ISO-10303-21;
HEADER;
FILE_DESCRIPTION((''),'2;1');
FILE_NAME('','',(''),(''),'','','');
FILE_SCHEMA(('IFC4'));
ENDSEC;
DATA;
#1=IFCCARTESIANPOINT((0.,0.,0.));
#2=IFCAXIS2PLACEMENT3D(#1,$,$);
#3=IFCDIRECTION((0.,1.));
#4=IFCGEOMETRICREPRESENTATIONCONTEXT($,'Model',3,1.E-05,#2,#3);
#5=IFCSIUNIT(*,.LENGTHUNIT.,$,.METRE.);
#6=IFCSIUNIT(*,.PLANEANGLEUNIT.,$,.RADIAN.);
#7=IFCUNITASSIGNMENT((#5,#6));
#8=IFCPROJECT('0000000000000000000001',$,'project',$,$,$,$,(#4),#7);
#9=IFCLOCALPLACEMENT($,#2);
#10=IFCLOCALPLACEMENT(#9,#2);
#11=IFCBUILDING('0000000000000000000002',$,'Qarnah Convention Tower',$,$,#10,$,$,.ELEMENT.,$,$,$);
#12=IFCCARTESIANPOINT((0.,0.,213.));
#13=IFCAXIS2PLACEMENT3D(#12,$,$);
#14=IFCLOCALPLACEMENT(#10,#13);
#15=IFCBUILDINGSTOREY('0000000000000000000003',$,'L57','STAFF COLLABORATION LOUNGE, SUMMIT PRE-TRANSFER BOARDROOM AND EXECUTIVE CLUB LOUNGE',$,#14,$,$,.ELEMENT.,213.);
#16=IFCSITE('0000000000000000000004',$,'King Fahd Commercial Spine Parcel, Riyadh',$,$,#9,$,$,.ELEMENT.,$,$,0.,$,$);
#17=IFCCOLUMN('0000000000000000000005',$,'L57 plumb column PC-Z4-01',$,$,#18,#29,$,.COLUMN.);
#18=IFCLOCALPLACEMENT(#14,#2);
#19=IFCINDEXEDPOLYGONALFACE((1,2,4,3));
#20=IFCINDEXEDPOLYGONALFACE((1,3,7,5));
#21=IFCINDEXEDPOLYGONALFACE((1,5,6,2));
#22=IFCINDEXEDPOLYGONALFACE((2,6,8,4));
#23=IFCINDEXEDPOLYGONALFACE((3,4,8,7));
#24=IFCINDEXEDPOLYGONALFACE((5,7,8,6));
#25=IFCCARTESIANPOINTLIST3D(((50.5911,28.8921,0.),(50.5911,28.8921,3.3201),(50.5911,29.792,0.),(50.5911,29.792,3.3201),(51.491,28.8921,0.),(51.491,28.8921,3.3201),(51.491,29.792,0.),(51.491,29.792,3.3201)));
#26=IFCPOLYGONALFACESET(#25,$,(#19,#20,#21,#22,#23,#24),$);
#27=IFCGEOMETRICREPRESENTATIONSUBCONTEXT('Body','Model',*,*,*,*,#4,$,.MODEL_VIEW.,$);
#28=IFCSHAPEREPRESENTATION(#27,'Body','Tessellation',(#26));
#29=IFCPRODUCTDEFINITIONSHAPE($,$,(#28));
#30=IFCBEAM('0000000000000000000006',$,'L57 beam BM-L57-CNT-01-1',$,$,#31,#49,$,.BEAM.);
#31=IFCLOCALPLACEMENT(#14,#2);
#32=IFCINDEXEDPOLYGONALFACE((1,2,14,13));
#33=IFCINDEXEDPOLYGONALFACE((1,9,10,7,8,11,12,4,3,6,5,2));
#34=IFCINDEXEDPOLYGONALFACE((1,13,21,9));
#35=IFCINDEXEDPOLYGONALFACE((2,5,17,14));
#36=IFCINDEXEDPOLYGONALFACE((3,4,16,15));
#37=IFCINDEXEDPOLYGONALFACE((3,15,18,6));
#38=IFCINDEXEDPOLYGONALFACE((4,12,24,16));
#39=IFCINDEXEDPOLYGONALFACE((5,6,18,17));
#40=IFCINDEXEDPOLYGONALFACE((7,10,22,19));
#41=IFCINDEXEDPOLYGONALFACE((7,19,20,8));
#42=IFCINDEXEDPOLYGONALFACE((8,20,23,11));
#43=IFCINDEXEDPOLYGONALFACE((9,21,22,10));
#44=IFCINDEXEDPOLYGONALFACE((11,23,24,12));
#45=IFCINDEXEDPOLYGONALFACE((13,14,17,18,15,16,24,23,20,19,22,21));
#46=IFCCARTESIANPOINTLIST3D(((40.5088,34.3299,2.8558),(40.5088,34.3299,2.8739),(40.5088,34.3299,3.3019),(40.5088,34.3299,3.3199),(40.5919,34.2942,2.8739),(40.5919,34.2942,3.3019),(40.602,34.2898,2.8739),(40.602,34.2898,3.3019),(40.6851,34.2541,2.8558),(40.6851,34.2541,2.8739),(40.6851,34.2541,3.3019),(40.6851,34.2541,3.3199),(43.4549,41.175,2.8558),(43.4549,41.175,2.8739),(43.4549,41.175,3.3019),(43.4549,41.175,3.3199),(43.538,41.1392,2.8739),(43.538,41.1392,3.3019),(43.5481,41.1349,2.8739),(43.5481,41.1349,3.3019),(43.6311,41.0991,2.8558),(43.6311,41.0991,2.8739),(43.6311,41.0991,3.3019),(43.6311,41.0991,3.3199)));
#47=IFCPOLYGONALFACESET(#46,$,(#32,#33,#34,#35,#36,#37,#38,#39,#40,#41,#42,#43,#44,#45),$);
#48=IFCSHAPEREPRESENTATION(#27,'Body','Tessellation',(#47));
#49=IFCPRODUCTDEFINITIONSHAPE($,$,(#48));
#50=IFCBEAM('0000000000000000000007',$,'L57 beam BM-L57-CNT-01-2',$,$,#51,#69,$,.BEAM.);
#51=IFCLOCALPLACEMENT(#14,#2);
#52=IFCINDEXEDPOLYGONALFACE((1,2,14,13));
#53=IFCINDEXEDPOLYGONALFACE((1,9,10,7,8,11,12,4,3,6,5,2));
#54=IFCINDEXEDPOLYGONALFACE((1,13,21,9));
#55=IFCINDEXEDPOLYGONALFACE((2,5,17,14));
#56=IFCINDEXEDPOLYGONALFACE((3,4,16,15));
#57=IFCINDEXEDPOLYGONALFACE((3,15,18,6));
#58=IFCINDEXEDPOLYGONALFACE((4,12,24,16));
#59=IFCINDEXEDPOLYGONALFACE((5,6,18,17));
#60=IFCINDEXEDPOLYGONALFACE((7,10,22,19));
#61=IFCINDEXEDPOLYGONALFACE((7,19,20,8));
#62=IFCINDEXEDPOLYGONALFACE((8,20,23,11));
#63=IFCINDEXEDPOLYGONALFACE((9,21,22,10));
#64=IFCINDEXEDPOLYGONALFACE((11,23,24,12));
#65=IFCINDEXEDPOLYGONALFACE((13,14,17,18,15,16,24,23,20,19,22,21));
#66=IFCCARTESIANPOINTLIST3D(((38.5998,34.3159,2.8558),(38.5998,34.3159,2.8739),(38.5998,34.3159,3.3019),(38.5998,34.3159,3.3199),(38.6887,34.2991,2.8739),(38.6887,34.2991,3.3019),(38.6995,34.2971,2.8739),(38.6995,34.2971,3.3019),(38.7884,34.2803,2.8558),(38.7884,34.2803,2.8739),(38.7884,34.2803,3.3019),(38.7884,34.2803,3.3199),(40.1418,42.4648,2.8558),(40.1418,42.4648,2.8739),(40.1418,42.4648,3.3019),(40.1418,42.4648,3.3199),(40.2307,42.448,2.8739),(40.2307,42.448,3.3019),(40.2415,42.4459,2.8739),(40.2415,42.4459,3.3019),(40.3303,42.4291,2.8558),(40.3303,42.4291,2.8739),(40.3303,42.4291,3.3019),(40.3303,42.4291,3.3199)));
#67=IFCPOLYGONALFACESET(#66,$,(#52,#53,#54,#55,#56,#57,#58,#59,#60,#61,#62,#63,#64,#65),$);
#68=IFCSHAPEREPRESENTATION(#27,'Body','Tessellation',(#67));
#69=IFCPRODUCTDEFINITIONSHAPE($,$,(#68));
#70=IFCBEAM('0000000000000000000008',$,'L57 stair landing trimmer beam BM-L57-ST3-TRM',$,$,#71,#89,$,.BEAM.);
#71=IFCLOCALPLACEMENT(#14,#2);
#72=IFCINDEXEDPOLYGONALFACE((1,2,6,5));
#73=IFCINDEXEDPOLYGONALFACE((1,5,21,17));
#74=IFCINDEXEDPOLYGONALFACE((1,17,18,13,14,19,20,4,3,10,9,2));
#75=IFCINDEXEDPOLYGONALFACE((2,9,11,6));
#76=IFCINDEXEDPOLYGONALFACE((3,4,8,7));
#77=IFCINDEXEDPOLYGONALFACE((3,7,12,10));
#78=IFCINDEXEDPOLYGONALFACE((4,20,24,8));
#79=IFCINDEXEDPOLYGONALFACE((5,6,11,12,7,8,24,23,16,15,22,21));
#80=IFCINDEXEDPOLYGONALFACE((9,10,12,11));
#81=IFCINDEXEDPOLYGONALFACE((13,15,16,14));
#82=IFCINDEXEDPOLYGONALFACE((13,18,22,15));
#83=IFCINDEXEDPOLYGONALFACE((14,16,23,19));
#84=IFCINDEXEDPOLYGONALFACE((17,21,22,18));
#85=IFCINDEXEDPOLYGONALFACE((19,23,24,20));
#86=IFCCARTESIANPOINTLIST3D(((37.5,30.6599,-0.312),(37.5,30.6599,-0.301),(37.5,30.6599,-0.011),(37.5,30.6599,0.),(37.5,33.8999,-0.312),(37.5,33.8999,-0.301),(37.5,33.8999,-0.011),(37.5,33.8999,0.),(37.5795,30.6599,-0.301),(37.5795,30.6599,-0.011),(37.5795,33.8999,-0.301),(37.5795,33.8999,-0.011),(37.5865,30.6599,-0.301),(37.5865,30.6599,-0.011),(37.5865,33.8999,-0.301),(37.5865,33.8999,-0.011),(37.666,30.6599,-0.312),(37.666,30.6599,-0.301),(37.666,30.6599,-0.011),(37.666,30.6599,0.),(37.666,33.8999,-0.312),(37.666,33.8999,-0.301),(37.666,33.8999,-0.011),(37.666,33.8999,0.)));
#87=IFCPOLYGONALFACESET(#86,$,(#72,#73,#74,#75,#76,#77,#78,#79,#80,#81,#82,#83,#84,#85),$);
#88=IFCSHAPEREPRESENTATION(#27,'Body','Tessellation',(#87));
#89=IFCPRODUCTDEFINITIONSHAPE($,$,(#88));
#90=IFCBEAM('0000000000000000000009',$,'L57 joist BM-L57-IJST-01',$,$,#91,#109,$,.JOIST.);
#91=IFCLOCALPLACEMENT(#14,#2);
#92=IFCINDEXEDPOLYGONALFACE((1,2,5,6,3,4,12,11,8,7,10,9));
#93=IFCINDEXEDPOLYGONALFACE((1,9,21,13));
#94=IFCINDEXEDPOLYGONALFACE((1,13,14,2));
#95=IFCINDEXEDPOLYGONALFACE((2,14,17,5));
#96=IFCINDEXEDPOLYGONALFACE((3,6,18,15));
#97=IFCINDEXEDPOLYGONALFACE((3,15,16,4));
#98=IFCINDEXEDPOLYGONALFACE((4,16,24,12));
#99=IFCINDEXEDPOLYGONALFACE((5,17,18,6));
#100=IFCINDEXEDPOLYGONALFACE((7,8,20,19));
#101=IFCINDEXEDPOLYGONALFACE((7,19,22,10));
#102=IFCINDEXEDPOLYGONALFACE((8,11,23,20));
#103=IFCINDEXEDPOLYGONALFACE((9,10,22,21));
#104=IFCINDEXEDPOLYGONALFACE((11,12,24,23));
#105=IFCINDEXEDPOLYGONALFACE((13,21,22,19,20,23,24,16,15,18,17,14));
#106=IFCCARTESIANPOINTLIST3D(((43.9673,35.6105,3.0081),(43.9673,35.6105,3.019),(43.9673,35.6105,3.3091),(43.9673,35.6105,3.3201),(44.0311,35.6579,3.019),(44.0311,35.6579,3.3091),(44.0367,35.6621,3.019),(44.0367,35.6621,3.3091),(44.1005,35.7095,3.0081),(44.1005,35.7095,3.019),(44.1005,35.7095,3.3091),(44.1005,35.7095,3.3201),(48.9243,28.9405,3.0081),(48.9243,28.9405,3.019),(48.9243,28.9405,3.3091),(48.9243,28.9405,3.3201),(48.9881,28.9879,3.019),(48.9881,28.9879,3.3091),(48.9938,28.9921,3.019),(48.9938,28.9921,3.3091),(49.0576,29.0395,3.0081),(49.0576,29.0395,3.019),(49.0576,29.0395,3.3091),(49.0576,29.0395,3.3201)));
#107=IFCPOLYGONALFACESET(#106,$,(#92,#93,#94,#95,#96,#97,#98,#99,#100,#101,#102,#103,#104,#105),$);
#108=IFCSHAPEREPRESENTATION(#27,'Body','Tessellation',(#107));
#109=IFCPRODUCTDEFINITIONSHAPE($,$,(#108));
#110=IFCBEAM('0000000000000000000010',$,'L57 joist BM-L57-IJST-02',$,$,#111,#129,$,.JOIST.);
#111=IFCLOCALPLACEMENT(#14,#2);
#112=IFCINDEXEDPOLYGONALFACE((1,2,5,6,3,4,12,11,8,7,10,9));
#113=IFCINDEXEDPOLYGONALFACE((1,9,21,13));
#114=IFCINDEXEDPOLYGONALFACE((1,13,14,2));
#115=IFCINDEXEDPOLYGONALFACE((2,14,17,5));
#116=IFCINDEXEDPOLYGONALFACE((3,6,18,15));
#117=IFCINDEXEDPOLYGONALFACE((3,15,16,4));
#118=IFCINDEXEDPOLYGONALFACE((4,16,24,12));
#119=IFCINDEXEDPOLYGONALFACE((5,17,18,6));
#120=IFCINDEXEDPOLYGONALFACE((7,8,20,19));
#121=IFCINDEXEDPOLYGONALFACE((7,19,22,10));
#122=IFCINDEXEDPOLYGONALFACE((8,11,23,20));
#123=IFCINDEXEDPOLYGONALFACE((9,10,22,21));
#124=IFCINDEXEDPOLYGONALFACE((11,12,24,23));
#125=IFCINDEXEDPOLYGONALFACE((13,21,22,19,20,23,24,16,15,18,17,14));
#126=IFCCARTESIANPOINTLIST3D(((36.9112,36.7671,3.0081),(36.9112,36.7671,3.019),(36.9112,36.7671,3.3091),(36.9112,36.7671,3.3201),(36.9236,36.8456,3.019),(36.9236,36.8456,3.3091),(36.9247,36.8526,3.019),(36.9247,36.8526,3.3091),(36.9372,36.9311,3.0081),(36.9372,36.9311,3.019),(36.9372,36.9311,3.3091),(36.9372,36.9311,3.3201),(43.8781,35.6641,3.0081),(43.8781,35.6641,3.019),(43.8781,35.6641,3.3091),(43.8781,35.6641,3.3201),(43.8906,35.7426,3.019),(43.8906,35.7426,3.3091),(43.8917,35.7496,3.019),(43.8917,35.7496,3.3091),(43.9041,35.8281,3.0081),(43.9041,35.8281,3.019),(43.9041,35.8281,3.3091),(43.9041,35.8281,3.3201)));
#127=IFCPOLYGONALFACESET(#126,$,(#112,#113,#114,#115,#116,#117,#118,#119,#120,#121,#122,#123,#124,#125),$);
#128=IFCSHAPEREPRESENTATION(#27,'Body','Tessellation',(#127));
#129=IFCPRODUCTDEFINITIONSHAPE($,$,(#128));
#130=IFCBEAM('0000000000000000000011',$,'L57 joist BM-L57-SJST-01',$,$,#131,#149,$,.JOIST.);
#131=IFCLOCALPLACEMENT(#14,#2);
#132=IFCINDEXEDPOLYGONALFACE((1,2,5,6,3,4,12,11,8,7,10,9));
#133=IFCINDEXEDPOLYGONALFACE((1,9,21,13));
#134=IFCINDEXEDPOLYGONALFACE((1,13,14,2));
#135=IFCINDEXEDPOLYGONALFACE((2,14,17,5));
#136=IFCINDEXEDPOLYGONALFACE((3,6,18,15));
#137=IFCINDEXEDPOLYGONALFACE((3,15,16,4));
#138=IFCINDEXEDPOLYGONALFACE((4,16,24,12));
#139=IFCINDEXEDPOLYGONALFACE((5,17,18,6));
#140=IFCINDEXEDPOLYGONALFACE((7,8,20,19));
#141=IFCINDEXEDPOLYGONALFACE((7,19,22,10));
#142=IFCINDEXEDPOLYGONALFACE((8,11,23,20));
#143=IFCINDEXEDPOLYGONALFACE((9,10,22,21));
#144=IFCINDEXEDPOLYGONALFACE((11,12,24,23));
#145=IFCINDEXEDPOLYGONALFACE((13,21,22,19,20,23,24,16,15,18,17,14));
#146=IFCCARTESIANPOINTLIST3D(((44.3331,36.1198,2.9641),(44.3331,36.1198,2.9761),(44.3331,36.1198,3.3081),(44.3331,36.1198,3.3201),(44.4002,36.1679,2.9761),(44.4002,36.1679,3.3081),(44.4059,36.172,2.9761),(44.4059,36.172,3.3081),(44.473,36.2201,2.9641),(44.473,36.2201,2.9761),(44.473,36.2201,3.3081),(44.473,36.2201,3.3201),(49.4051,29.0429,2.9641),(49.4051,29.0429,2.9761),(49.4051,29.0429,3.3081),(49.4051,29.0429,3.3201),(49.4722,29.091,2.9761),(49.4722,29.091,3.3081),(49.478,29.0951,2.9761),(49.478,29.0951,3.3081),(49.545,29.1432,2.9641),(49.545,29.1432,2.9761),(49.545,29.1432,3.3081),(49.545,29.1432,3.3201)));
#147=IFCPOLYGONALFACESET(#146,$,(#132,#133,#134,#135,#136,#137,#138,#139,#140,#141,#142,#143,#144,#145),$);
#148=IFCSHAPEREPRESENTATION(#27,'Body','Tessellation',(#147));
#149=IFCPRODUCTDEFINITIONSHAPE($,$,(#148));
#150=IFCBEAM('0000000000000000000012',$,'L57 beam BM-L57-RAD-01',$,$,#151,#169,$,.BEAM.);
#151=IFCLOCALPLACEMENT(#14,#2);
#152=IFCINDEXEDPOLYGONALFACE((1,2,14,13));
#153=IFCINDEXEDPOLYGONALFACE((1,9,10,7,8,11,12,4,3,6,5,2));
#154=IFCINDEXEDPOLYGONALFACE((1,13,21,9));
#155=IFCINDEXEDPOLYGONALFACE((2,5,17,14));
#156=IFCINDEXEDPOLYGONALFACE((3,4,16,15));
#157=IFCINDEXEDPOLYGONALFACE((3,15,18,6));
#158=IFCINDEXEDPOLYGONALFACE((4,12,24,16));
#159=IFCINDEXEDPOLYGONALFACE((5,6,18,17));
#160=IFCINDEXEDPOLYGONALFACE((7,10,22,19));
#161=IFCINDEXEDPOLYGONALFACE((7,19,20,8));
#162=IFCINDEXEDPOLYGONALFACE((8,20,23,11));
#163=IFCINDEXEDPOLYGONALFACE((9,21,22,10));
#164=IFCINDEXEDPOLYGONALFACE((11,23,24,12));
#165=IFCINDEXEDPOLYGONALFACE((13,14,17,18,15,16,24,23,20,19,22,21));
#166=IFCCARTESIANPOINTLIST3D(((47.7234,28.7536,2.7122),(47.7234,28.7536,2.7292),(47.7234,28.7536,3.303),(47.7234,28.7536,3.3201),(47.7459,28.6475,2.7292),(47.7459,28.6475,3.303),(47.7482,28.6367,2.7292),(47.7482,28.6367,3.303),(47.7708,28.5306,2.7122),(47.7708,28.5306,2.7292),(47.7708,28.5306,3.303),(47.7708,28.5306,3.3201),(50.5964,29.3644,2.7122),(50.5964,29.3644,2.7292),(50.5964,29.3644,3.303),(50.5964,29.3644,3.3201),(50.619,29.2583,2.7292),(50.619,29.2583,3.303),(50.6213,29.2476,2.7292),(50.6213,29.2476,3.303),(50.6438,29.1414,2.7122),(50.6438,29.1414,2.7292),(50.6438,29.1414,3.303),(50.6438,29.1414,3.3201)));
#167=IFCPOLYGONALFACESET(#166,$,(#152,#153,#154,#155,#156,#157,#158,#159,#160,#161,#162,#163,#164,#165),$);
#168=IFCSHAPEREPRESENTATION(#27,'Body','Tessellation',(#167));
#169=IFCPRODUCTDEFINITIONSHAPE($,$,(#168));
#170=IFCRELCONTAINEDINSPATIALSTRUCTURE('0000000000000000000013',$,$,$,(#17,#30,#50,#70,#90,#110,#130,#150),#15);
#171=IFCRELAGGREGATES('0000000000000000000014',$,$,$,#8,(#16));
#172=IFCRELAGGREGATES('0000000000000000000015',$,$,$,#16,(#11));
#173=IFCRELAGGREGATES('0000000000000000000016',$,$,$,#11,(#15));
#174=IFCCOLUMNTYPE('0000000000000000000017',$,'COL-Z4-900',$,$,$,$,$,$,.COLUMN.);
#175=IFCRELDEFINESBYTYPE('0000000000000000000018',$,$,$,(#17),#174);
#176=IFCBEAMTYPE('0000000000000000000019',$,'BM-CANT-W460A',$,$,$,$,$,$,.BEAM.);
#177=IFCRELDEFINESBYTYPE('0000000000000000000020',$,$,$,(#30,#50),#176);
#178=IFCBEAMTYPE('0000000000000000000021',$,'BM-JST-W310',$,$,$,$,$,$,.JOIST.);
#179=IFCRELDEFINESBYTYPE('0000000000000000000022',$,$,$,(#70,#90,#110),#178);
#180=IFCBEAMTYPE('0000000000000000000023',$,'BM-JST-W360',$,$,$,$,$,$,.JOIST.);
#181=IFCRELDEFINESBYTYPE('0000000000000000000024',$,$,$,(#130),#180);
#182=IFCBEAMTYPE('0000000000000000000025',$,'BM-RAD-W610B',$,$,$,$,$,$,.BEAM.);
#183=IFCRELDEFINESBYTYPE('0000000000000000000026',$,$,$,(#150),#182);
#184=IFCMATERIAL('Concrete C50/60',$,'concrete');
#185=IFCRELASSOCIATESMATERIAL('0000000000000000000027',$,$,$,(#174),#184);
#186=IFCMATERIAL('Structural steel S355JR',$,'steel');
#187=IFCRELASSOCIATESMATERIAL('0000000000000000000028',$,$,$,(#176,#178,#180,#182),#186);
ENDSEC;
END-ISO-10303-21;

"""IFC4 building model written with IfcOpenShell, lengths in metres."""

from ifc_helpers import new_model, si_unit, direction, frame, origin, origin_2d, place, context, subcontext, project, spatial, rectangle, i_section, extrude, material, material_profile, profile_set, type_object, element, save


model = new_model("IFC4")

# Units and contexts
model_context = context("Model", 3, precision=1e-05, world=origin(), true_north=direction((0.0, 1.0)))
body_context = subcontext(model_context, "Body", "Model", "MODEL_VIEW")
ifc_project = project(units=[si_unit("LENGTHUNIT", "METRE"), si_unit("PLANEANGLEUNIT", "RADIAN")], contexts=[model_context])

# Site, building, storey
site_placement = place(None, origin())
site = spatial("IfcSite", under=ifc_project, at=site_placement, Name="King Fahd Commercial Spine Parcel, Riyadh", CompositionType="ELEMENT", RefElevation=0.0)
building_placement = place(site_placement, origin())
building = spatial("IfcBuilding", under=site, at=building_placement, Name="Qarnah Convention Tower", CompositionType="ELEMENT")
storey_placement = place(building_placement, frame((0.0, 0.0, 213.0)))
storey = spatial("IfcBuildingStorey", under=building, at=storey_placement, Name="L57", Description="STAFF COLLABORATION LOUNGE, SUMMIT PRE-TRANSFER BOARDROOM AND EXECUTIVE CLUB LOUNGE", CompositionType="ELEMENT", Elevation=213.0)

# Column
ifc_material_1 = material(Name="Concrete C50/60", Category="concrete")
ifc_material_profile_1 = material_profile(ifc_material_1, rectangle(XDim=0.8999, YDim=0.8999, at=origin_2d()), Name="RC-COL-900X900")
ifc_profile_set_1 = profile_set([ifc_material_profile_1], Name="Concrete C50/60")
column_type = type_object("IfcColumnType", Name="COL-Z4-900", PredefinedType="COLUMN", material=ifc_profile_set_1)
column_placement = place(storey_placement, frame((51.041, 29.342, 0.0), z_axis=(0.0, 0.0, 1.0), x_axis=(1.0, 0.0, 0.0)))
element("IfcColumn", 1, at=column_placement, inside=storey, type_object=column_type, Name="L57 plumb column PC-Z4-01", PredefinedType="COLUMN", context=body_context, shape_type="SweptSolid", body=[
    extrude(rectangle(XDim=0.8999, YDim=0.8999, at=origin_2d()), origin(), (0.0, 0.0, 1.0), 3.3201),
])

# Beams
ifc_material_2 = material(Name="Structural steel S355JR", Category="steel")
ifc_material_profile_2 = material_profile(ifc_material_2, i_section(OverallWidth=0.1919, OverallDepth=0.4641, WebThickness=0.011, FlangeThickness=0.0181, at=origin_2d()), Name="W460X89")
ifc_profile_set_2 = profile_set([ifc_material_profile_2], Name="Structural steel S355JR")
beam_type_1 = type_object("IfcBeamType", Name="BM-CANT-W460A", PredefinedType="BEAM", material=ifc_profile_set_2)
beam_1_placement = place(storey_placement, frame((40.5969, 34.292, 3.0879), z_axis=(0.395334, 0.918537, 0.0), x_axis=(-0.918537, 0.395334, 0.0)))
element("IfcBeam", 2, at=beam_1_placement, inside=storey, type_object=beam_type_1, Name="L57 beam BM-L57-CNT-01-1", PredefinedType="BEAM", context=body_context, shape_type="SweptSolid", body=[
    extrude(i_section(OverallWidth=0.1919, OverallDepth=0.4641, WebThickness=0.011, FlangeThickness=0.0181, at=origin_2d()), origin(), (0.0, 0.0, 1.0), 7.4521),
])
beam_2_placement = place(storey_placement, frame((38.6941, 34.2981, 3.0879), z_axis=(0.185927, 0.982564, 0.0), x_axis=(-0.982564, 0.185927, 0.0)))
element("IfcBeam", 3, at=beam_2_placement, inside=storey, type_object=beam_type_1, Name="L57 beam BM-L57-CNT-01-2", PredefinedType="BEAM", context=body_context, shape_type="SweptSolid", body=[
    extrude(i_section(OverallWidth=0.1919, OverallDepth=0.4641, WebThickness=0.011, FlangeThickness=0.0181, at=origin_2d()), origin(), (0.0, 0.0, 1.0), 8.2935),
])
ifc_material_profile_3 = material_profile(ifc_material_2, i_section(OverallWidth=0.166, OverallDepth=0.312, WebThickness=0.0071, FlangeThickness=0.011, at=origin_2d()), Name="W310X45")
ifc_profile_set_3 = profile_set([ifc_material_profile_3], Name="Structural steel S355JR")
beam_type_2 = type_object("IfcBeamType", Name="BM-JST-W310", PredefinedType="JOIST", material=ifc_profile_set_3)
beam_3_placement = place(storey_placement, frame((37.583, 30.6599, -0.156), z_axis=(0.0, 1.0, 0.0), x_axis=(-1.0, 0.0, 0.0)))
element("IfcBeam", 4, at=beam_3_placement, inside=storey, type_object=beam_type_2, Name="L57 stair landing trimmer beam BM-L57-ST3-TRM", PredefinedType="BEAM", context=body_context, shape_type="SweptSolid", body=[
    extrude(i_section(OverallWidth=0.166, OverallDepth=0.312, WebThickness=0.0071, FlangeThickness=0.011, at=origin_2d()), origin(), (0.0, 0.0, 1.0), 3.24),
])
beam_4_placement = place(storey_placement, frame((48.991, 28.99, 3.1641), z_axis=(-0.596497, 0.802615, 0.0), x_axis=(-0.802615, -0.596497, 0.0)))
element("IfcBeam", 5, at=beam_4_placement, inside=storey, type_object=beam_type_2, Name="L57 joist BM-L57-IJST-01", PredefinedType="JOIST", context=body_context, shape_type="SweptSolid", body=[
    extrude(i_section(OverallWidth=0.166, OverallDepth=0.312, WebThickness=0.0071, FlangeThickness=0.011, at=origin_2d()), origin(), (0.0, 0.0, 1.0), 8.3103),
])
beam_5_placement = place(storey_placement, frame((43.8911, 35.7461, 3.1641), z_axis=(-0.987698, 0.156373, 0.0), x_axis=(-0.156373, -0.987698, 0.0)))
element("IfcBeam", 6, at=beam_5_placement, inside=storey, type_object=beam_type_2, Name="L57 joist BM-L57-IJST-02", PredefinedType="JOIST", context=body_context, shape_type="SweptSolid", body=[
    extrude(i_section(OverallWidth=0.166, OverallDepth=0.312, WebThickness=0.0071, FlangeThickness=0.011, at=origin_2d()), origin(), (0.0, 0.0, 1.0), 7.0537),
])
ifc_material_profile_4 = material_profile(ifc_material_2, i_section(OverallWidth=0.1721, OverallDepth=0.356, WebThickness=0.0071, FlangeThickness=0.012, at=origin_2d()), Name="W360X51")
ifc_profile_set_4 = profile_set([ifc_material_profile_4], Name="Structural steel S355JR")
beam_type_3 = type_object("IfcBeamType", Name="BM-JST-W360", PredefinedType="JOIST", material=ifc_profile_set_4)
beam_6_placement = place(storey_placement, frame((49.4751, 29.093, 3.1421), z_axis=(-0.582537, 0.812804, 0.0), x_axis=(-0.812804, -0.582537, 0.0)))
element("IfcBeam", 7, at=beam_6_placement, inside=storey, type_object=beam_type_3, Name="L57 joist BM-L57-SJST-01", PredefinedType="JOIST", context=body_context, shape_type="SweptSolid", body=[
    extrude(i_section(OverallWidth=0.1721, OverallDepth=0.356, WebThickness=0.0071, FlangeThickness=0.012, at=origin_2d()), origin(), (0.0, 0.0, 1.0), 8.7068),
])
ifc_material_profile_5 = material_profile(ifc_material_2, i_section(OverallWidth=0.228, OverallDepth=0.6079, WebThickness=0.011, FlangeThickness=0.0171, at=origin_2d()), Name="W610X113")
ifc_profile_set_5 = profile_set([ifc_material_profile_5], Name="Structural steel S355JR")
beam_type_4 = type_object("IfcBeamType", Name="BM-RAD-W610B", PredefinedType="BEAM", material=ifc_profile_set_5)
beam_7_placement = place(storey_placement, frame((47.7471, 28.6421, 3.0161), z_axis=(0.978137, 0.207962, 0.0), x_axis=(-0.207962, 0.978137, 0.0)))
element("IfcBeam", 8, at=beam_7_placement, inside=storey, type_object=beam_type_4, Name="L57 beam BM-L57-RAD-01", PredefinedType="BEAM", context=body_context, shape_type="SweptSolid", body=[
    extrude(i_section(OverallWidth=0.228, OverallDepth=0.6079, WebThickness=0.011, FlangeThickness=0.0171, at=origin_2d()), origin(), (0.0, 0.0, 1.0), 2.9373),
])

save(model, "model.ifc")
